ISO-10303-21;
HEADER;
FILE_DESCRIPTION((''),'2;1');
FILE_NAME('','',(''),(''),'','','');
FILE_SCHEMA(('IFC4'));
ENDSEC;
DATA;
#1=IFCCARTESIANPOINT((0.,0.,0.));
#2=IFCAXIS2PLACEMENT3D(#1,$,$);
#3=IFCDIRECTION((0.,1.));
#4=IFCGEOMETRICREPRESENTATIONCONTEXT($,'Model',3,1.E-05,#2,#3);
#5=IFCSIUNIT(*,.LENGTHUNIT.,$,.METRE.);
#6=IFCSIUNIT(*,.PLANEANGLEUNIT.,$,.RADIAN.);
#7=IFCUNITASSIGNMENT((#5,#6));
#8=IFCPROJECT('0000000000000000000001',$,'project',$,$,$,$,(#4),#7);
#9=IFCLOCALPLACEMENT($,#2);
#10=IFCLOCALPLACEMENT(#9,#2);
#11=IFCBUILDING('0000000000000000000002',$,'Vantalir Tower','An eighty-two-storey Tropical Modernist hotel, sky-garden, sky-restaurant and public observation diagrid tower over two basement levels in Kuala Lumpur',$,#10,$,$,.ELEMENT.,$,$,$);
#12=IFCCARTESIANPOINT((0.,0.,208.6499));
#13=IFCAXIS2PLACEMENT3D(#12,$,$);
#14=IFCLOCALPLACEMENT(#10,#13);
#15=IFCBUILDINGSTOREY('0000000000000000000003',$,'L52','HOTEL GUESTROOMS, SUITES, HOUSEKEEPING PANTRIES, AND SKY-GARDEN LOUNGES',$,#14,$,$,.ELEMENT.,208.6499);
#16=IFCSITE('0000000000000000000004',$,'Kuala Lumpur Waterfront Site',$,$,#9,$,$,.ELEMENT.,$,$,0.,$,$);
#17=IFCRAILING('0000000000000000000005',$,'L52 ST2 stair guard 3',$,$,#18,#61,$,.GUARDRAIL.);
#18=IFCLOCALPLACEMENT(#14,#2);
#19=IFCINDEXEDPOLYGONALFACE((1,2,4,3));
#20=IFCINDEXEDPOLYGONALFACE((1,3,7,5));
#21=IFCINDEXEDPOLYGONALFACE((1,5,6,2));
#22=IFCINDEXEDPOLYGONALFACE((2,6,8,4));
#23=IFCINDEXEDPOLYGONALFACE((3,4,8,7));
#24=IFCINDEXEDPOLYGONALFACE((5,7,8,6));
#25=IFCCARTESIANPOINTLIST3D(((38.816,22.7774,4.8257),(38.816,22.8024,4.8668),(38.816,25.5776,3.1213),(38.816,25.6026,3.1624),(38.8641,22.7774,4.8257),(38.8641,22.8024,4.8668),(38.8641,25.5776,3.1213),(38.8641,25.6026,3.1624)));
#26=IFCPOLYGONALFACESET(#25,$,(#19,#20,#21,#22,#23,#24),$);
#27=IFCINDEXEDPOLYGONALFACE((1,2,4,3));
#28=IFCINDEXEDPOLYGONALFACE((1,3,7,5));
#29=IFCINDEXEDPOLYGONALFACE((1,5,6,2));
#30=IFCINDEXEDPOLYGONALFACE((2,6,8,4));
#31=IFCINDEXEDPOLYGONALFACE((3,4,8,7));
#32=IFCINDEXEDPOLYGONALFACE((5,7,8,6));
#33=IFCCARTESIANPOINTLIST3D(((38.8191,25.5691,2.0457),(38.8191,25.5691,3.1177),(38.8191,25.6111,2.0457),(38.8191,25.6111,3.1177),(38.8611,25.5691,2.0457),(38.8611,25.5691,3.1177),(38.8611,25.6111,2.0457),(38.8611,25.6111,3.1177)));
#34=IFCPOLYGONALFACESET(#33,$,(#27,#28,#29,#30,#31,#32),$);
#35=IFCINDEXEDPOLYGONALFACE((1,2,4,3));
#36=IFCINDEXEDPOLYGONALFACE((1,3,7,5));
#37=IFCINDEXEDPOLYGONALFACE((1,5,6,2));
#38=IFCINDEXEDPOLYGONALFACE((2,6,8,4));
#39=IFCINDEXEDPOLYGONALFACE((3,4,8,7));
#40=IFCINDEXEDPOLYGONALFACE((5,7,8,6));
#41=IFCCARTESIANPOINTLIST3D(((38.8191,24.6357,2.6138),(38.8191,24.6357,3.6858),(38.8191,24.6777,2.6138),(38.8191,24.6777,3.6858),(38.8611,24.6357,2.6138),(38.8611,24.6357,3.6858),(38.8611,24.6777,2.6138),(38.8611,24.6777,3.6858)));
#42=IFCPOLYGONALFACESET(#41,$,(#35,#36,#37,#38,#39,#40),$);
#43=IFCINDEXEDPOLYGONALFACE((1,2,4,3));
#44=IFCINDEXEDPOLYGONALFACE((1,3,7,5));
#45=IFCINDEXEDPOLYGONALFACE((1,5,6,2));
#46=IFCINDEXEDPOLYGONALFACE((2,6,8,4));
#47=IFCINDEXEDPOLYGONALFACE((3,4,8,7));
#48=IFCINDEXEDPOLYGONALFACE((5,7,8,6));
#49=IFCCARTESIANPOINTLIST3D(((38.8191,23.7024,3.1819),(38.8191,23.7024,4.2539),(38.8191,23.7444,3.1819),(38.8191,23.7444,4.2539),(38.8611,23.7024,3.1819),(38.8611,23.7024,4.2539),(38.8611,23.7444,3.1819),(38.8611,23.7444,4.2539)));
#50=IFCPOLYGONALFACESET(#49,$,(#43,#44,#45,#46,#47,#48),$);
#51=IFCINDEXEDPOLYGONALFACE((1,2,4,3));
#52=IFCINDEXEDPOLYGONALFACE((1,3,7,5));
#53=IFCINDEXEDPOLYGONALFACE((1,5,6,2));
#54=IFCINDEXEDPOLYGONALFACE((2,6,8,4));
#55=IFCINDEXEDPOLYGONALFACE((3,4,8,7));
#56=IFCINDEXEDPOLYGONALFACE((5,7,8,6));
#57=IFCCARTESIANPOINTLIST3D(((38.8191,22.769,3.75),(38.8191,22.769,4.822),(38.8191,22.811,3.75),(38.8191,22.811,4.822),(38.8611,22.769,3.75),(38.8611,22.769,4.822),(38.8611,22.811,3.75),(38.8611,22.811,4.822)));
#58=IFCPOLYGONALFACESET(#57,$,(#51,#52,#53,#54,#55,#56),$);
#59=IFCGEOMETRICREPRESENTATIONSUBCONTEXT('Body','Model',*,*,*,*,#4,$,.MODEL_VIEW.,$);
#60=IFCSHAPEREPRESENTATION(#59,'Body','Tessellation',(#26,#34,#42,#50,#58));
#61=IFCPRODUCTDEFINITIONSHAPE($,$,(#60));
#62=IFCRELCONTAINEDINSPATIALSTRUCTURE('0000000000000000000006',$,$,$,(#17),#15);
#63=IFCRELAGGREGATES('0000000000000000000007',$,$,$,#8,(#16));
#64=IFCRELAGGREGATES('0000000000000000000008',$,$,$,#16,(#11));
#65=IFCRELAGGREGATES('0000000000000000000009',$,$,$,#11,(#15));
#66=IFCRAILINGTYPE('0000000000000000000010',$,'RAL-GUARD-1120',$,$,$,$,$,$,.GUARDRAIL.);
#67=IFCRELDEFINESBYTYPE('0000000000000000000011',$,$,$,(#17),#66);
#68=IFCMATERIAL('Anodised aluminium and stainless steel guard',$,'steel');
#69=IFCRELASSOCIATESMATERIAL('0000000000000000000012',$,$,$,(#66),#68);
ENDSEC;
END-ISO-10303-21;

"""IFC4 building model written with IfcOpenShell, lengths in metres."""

from ifc_helpers import new_model, si_unit, direction, frame, origin, origin_2d, place, context, subcontext, project, spatial, rectangle, extrude, material, type_object, element, save


model = new_model("IFC4")

# Units and contexts
model_context = context("Model", 3, precision=1e-05, world=origin(), true_north=direction((0.0, 1.0)))
body_context = subcontext(model_context, "Body", "Model", "MODEL_VIEW")
ifc_project = project(units=[si_unit("LENGTHUNIT", "METRE"), si_unit("PLANEANGLEUNIT", "RADIAN")], contexts=[model_context])

# Site, building, storey
site_placement = place(None, origin())
site = spatial("IfcSite", under=ifc_project, at=site_placement, Name="Kuala Lumpur Waterfront Site", CompositionType="ELEMENT", RefElevation=0.0)
building_placement = place(site_placement, origin())
building = spatial("IfcBuilding", under=site, at=building_placement, Name="Vantalir Tower", Description="An eighty-two-storey Tropical Modernist hotel, sky-garden, sky-restaurant and public observation diagrid tower over two basement levels in Kuala Lumpur", CompositionType="ELEMENT")
storey_placement = place(building_placement, frame((0.0, 0.0, 208.6499)))
storey = spatial("IfcBuildingStorey", under=building, at=storey_placement, Name="L52", Description="HOTEL GUESTROOMS, SUITES, HOUSEKEEPING PANTRIES, AND SKY-GARDEN LOUNGES", CompositionType="ELEMENT", Elevation=208.6499)

# Railing
ifc_material_1 = material(Name="Anodised aluminium and stainless steel guard", Category="steel")
railing_type = type_object("IfcRailingType", Name="RAL-GUARD-1120", PredefinedType="GUARDRAIL", material=ifc_material_1)
railing_1_placement = place(storey_placement, frame((38.8401, 25.5901, 2.0457)))
element("IfcRailing", 1, at=railing_1_placement, inside=storey, type_object=railing_type, Name="L52 ST2 stair guard 3", PredefinedType="GUARDRAIL", context=body_context, shape_type="SweptSolid", body=[
    extrude(rectangle(XDim=0.0481, YDim=0.0481, at=origin_2d()), frame((0.0, 0.0, 1.0962), z_axis=(0.0, -0.854203, 0.51994), x_axis=(1.0, 0.0, 0.0)), (0.0, 0.0, 1.0), 3.2781),
    extrude(rectangle(XDim=0.042, YDim=0.042, at=origin_2d()), origin(), (0.0, 0.0, 1.0), 1.072),
    extrude(rectangle(XDim=0.042, YDim=0.042, at=origin_2d()), frame((0.0, -0.9333, 0.5681)), (0.0, 0.0, 1.0), 1.072),
    extrude(rectangle(XDim=0.042, YDim=0.042, at=origin_2d()), frame((0.0, -1.8667, 1.1362)), (0.0, 0.0, 1.0), 1.072),
    extrude(rectangle(XDim=0.042, YDim=0.042, at=origin_2d()), frame((0.0, -2.8, 1.7043)), (0.0, 0.0, 1.0), 1.072),
])

save(model, "model.ifc")
